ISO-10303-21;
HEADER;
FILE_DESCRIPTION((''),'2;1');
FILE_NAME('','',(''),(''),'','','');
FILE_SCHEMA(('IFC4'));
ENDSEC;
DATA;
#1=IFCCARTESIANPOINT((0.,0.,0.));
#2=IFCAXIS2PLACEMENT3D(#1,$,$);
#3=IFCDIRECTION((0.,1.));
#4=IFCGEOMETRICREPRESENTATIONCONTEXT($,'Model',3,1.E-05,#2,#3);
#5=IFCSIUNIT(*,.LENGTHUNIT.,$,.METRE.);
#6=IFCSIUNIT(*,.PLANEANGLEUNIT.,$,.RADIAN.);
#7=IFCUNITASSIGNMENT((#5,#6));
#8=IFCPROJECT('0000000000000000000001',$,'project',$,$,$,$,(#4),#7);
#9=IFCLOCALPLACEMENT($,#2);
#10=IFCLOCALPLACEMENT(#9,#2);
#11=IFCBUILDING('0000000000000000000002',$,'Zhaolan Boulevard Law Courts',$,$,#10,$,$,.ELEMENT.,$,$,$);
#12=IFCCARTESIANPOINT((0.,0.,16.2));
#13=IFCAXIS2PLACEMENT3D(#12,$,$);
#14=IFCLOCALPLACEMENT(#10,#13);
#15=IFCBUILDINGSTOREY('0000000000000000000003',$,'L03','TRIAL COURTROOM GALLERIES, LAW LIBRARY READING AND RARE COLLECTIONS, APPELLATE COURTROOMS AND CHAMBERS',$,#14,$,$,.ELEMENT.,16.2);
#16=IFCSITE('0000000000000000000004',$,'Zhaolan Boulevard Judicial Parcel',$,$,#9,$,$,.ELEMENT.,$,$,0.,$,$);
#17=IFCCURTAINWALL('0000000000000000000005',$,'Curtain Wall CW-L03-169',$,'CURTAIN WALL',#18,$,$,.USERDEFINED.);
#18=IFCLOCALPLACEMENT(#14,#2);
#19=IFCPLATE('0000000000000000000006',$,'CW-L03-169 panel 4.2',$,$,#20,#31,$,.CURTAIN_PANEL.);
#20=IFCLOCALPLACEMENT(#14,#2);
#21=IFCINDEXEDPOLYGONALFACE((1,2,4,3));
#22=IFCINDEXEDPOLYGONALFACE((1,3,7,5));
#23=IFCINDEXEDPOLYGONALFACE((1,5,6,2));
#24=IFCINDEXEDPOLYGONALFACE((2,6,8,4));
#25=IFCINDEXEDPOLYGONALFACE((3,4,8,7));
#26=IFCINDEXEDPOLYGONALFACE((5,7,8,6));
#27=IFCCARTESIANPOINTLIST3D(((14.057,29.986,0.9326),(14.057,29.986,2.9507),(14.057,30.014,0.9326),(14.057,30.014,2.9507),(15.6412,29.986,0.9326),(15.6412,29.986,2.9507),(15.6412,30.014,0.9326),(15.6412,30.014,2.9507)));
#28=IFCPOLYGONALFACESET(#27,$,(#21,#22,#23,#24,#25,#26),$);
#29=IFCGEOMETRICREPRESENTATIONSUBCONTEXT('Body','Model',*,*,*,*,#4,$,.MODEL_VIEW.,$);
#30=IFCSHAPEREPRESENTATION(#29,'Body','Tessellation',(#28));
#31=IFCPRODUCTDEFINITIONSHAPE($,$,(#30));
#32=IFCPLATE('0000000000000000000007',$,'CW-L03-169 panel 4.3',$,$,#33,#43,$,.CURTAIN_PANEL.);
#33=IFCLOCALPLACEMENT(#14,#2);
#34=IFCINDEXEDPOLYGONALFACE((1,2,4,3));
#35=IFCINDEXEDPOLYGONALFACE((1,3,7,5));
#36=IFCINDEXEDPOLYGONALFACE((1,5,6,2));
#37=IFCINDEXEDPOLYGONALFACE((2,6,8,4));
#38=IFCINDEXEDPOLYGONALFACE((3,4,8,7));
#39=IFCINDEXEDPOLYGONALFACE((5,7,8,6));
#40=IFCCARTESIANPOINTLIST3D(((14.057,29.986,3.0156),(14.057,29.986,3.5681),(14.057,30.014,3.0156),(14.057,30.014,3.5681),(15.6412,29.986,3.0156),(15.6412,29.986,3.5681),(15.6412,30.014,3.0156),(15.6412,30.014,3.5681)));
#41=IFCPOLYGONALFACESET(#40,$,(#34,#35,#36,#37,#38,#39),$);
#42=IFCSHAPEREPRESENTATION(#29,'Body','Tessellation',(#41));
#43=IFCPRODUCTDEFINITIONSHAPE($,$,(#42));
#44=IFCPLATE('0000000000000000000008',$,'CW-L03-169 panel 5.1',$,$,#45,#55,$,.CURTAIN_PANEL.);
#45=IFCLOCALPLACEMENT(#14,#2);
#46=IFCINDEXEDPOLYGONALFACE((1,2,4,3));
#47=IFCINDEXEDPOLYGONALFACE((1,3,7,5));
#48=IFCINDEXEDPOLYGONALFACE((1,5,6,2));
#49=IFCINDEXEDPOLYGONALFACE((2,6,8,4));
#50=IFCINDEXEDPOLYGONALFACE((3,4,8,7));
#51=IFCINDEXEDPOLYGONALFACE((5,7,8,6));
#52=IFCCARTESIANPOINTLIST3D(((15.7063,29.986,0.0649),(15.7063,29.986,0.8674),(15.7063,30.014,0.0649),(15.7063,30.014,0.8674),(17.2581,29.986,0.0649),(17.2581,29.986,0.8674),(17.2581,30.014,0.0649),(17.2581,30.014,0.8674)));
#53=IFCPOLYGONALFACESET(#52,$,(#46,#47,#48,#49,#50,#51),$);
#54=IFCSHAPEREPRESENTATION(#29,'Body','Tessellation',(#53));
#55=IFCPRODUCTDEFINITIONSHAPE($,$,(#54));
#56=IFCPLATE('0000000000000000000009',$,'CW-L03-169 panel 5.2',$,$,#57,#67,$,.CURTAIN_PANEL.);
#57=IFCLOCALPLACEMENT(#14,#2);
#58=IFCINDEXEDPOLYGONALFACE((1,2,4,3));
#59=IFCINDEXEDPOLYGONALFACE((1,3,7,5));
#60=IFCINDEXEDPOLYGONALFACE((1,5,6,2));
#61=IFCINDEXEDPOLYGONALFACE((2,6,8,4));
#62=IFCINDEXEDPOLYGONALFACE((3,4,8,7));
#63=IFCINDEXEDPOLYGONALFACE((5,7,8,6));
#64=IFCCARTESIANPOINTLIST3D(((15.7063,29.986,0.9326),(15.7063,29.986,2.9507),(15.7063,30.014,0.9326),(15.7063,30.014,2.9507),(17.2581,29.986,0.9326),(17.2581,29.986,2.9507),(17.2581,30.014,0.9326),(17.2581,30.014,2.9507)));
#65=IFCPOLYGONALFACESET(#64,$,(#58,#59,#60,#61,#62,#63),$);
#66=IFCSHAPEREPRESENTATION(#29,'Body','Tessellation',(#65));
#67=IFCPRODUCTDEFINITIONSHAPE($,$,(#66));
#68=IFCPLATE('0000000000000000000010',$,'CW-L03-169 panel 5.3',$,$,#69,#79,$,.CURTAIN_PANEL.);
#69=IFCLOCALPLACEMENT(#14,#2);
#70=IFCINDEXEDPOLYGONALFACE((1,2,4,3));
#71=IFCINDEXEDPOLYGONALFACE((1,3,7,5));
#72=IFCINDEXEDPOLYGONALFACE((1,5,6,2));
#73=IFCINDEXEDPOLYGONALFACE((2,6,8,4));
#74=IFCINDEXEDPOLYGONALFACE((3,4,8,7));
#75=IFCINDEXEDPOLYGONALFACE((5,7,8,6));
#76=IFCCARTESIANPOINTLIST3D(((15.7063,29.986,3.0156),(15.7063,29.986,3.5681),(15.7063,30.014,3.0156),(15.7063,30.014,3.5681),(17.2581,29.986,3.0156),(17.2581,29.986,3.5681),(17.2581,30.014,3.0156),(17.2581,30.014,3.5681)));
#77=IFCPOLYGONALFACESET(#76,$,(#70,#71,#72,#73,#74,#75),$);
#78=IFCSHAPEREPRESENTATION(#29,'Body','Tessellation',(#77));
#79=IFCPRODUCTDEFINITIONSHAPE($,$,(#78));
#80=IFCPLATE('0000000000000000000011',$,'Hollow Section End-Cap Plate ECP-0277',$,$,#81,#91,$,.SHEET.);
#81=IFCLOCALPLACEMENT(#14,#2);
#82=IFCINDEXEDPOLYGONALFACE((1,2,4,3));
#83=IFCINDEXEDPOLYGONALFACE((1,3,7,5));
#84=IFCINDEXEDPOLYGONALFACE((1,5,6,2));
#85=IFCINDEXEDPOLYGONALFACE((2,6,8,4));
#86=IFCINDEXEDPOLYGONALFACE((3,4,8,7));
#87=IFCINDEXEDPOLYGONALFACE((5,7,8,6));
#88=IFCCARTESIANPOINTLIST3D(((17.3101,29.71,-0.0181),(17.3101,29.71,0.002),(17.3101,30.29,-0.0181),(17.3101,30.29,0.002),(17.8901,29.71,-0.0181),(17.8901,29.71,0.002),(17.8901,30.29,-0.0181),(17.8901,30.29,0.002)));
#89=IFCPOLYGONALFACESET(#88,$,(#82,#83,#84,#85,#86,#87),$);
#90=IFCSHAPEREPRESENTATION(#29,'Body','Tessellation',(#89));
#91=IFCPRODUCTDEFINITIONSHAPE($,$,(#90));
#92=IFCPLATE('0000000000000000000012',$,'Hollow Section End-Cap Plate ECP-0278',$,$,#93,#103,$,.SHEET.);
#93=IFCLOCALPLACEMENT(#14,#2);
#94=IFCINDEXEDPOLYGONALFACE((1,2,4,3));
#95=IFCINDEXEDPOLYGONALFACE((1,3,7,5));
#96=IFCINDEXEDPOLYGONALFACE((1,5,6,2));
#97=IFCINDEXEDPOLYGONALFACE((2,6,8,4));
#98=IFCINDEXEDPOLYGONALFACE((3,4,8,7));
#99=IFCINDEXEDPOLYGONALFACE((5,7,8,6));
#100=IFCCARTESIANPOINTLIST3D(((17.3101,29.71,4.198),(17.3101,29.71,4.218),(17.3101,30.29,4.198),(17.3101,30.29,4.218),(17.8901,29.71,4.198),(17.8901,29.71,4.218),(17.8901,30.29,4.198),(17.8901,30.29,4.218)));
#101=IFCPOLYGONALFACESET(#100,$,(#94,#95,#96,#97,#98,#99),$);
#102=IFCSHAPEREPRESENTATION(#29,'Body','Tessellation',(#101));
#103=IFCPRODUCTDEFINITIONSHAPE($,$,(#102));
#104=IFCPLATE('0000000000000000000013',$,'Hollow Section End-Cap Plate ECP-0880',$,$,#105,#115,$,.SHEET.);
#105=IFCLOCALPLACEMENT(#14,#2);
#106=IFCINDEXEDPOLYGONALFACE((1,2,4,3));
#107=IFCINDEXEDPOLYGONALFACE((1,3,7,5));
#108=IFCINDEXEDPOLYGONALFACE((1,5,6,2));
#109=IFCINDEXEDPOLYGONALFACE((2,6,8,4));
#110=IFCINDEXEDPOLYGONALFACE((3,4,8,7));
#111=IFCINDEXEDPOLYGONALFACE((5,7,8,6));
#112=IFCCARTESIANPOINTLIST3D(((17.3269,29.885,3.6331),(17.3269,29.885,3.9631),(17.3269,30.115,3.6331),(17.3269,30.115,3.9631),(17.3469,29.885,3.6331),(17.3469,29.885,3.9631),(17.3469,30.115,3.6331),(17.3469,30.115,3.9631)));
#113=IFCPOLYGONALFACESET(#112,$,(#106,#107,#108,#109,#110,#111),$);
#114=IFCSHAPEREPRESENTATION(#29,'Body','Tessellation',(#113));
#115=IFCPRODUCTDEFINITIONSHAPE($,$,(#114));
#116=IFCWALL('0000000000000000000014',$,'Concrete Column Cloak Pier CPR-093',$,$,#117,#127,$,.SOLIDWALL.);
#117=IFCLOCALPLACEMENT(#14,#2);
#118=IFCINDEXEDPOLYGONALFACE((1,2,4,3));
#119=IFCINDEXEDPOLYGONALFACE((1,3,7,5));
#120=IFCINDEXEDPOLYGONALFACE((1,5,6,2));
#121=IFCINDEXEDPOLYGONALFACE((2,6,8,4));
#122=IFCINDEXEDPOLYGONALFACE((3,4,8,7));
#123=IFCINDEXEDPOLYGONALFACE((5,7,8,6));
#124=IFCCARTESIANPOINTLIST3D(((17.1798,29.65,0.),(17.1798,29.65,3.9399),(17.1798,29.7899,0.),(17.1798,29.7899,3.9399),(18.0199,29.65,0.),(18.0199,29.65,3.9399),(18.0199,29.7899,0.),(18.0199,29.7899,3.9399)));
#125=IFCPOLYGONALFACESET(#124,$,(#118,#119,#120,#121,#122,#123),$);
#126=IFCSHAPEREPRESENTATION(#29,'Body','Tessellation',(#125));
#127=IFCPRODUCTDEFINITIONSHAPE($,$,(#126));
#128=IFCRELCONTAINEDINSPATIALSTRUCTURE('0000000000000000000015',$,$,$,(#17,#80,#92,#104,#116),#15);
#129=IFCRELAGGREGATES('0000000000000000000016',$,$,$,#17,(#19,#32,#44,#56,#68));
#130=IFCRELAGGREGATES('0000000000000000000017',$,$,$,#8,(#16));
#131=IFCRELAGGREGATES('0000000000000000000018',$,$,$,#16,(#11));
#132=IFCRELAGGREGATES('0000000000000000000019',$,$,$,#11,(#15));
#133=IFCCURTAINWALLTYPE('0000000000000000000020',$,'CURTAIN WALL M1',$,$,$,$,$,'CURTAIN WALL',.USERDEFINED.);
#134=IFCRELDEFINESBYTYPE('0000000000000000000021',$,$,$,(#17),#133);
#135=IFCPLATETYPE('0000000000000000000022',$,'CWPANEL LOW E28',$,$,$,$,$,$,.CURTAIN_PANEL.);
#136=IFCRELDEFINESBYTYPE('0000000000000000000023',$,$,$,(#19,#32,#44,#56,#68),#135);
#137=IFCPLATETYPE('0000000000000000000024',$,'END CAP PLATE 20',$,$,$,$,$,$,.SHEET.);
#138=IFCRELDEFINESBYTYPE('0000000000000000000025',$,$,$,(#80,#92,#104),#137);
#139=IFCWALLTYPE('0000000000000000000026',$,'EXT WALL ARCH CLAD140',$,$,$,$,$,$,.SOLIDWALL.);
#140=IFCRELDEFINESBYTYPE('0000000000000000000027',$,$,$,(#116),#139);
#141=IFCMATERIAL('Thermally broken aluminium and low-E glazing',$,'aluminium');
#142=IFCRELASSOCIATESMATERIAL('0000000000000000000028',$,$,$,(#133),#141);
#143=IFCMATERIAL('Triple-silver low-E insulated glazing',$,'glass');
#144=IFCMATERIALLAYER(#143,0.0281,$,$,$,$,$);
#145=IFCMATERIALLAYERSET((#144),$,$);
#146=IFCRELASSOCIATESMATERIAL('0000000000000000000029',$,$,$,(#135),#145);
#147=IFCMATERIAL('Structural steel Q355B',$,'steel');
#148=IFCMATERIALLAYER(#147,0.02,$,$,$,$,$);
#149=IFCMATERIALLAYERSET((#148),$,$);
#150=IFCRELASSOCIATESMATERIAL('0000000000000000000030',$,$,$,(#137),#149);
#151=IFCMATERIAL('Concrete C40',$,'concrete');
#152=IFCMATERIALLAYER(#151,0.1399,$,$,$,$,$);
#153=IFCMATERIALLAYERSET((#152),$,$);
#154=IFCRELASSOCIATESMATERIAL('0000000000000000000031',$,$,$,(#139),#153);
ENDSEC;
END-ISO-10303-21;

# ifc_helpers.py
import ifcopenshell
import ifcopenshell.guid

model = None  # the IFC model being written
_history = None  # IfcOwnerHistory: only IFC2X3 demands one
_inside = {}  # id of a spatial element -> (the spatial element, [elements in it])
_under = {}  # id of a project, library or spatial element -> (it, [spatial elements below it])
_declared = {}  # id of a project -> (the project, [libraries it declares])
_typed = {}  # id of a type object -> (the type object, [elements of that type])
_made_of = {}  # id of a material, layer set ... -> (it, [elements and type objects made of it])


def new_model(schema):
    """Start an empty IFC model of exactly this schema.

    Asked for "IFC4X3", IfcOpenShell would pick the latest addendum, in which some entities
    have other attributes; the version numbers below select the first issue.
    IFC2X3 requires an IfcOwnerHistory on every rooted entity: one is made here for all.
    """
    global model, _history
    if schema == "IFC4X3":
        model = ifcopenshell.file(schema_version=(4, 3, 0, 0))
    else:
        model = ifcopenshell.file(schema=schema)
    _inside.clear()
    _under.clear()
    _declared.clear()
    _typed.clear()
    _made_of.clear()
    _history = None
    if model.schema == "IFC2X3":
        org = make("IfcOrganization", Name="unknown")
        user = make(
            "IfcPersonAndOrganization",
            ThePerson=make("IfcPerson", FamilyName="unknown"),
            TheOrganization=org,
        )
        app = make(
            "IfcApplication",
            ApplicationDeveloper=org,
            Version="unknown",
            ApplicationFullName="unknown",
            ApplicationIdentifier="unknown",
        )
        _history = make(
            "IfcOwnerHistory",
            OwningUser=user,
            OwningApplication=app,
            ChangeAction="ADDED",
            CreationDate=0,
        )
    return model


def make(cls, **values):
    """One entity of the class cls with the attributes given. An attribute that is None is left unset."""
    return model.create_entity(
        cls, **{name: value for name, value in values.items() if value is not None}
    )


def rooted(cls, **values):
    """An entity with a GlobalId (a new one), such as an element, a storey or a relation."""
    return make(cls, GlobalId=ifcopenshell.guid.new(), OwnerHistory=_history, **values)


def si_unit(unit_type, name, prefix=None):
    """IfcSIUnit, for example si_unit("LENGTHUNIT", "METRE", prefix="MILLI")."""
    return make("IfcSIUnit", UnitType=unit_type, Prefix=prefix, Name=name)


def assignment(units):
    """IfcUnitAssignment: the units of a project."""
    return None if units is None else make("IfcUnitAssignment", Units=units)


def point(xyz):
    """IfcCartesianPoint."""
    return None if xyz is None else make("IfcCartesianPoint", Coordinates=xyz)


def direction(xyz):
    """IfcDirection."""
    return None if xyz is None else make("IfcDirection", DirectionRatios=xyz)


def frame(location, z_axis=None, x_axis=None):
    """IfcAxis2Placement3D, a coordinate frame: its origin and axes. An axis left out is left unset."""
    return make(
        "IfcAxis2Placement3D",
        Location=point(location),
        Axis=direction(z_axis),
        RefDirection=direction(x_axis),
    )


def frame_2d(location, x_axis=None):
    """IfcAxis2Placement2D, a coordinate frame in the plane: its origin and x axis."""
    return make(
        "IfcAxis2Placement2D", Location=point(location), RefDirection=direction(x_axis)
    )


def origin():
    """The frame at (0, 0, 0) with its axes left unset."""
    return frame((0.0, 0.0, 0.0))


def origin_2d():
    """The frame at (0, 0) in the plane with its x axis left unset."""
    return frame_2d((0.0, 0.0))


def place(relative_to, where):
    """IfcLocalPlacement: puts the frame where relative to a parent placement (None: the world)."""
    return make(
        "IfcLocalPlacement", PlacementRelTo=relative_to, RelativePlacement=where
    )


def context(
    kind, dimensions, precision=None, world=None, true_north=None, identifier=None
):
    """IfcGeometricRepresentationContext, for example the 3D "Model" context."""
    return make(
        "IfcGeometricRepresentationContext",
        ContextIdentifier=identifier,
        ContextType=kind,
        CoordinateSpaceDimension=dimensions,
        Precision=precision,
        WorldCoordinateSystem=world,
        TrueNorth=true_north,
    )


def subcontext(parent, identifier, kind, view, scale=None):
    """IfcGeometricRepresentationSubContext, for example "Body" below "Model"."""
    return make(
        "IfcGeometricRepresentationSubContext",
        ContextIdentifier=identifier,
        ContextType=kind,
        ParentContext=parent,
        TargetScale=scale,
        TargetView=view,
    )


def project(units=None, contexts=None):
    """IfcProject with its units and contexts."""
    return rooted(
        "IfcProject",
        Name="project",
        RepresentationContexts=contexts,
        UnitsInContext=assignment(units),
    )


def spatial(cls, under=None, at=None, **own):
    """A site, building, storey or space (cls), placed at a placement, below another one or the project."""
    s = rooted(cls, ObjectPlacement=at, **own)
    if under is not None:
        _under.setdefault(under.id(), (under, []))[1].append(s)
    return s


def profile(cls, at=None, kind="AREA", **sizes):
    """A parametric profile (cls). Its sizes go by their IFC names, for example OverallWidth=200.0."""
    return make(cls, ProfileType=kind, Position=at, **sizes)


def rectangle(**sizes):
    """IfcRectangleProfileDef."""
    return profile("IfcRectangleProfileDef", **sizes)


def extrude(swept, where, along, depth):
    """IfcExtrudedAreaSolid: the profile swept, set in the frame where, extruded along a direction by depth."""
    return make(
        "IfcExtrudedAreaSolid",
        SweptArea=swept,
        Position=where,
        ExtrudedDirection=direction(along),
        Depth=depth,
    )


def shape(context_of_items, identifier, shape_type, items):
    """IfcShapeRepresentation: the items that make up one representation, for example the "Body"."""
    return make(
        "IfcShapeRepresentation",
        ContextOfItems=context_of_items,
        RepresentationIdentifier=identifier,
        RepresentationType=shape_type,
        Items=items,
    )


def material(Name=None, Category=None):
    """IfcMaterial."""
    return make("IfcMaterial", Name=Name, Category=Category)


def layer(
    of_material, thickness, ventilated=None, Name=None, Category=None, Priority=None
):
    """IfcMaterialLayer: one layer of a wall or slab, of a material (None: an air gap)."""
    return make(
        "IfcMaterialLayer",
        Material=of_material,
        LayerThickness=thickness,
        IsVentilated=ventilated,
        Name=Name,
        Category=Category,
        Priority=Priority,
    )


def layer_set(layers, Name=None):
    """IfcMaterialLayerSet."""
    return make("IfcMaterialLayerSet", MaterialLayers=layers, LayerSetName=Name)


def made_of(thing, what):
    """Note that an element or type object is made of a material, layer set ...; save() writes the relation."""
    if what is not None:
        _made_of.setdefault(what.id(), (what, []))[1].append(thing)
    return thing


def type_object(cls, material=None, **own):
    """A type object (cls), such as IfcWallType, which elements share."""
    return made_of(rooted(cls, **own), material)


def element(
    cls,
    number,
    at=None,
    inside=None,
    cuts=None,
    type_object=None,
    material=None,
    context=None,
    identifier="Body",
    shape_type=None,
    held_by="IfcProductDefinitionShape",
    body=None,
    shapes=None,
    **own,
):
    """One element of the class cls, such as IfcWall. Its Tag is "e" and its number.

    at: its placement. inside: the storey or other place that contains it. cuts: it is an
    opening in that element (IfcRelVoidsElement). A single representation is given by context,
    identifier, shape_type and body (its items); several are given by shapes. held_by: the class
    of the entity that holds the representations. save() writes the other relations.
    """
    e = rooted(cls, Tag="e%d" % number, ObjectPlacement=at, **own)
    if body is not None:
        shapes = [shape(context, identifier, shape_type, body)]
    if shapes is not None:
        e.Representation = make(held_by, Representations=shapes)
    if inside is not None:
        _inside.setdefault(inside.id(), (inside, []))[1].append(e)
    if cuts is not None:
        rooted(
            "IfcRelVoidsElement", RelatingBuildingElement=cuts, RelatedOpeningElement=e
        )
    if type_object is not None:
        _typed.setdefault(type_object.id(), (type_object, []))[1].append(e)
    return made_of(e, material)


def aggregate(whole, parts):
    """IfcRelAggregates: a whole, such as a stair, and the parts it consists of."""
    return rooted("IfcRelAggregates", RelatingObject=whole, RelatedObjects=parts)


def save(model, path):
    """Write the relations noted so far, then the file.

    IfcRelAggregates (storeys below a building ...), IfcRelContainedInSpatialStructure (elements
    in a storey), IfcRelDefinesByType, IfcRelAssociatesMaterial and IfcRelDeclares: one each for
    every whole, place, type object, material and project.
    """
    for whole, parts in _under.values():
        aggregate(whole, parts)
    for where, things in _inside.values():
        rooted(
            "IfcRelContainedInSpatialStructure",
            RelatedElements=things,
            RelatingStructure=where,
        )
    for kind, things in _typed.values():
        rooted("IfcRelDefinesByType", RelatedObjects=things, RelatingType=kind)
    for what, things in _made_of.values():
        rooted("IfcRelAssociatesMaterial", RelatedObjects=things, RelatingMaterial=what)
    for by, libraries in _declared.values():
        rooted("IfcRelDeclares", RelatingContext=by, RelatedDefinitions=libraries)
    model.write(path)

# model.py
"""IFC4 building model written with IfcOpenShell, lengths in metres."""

from ifc_helpers import new_model, si_unit, direction, frame, frame_2d, origin, origin_2d, place, context, subcontext, project, spatial, rectangle, extrude, material, layer, layer_set, type_object, element, aggregate, save


model = new_model("IFC4")

# Units and contexts
model_context = context("Model", 3, precision=1e-05, world=origin(), true_north=direction((0.0, 1.0)))
body_context = subcontext(model_context, "Body", "Model", "MODEL_VIEW")
ifc_project = project(units=[si_unit("LENGTHUNIT", "METRE"), si_unit("PLANEANGLEUNIT", "RADIAN")], contexts=[model_context])

# Site, building, storey
site_placement = place(None, origin())
site = spatial("IfcSite", under=ifc_project, at=site_placement, Name="Zhaolan Boulevard Judicial Parcel", CompositionType="ELEMENT", RefElevation=0.0)
building_placement = place(site_placement, origin())
building = spatial("IfcBuilding", under=site, at=building_placement, Name="Zhaolan Boulevard Law Courts", CompositionType="ELEMENT")
storey_placement = place(building_placement, frame((0.0, 0.0, 16.2)))
storey = spatial("IfcBuildingStorey", under=building, at=storey_placement, Name="L03", Description="TRIAL COURTROOM GALLERIES, LAW LIBRARY READING AND RARE COLLECTIONS, APPELLATE COURTROOMS AND CHAMBERS", CompositionType="ELEMENT", Elevation=16.2)

# Curtain wall, plates
ifc_material_1 = material(Name="Thermally broken aluminium and low-E glazing", Category="aluminium")
curtain_wall_type = type_object("IfcCurtainWallType", Name="CURTAIN WALL M1", ElementType="CURTAIN WALL", PredefinedType="USERDEFINED", material=ifc_material_1)
curtain_wall_placement = place(storey_placement, origin())
curtain_wall = element("IfcCurtainWall", 1, at=curtain_wall_placement, inside=storey, type_object=curtain_wall_type, Name="Curtain Wall CW-L03-169", ObjectType="CURTAIN WALL", PredefinedType="USERDEFINED")
ifc_material_2 = material(Name="Triple-silver low-E insulated glazing", Category="glass")
ifc_layer_1 = layer(ifc_material_2, 0.0281)
ifc_layer_set_1 = layer_set([ifc_layer_1])
plate_type_1 = type_object("IfcPlateType", Name="CWPANEL LOW E28", PredefinedType="CURTAIN_PANEL", material=ifc_layer_set_1)
plate_1_placement = place(storey_placement, frame((14.8491, 30.0, 0.9326), z_axis=(0.0, 0.0, 1.0), x_axis=(1.0, 0.0, 0.0)))
plate_1 = element("IfcPlate", 2, at=plate_1_placement, type_object=plate_type_1, Name="CW-L03-169 panel 4.2", PredefinedType="CURTAIN_PANEL", context=body_context, shape_type="SweptSolid", body=[
    extrude(rectangle(XDim=1.5842, YDim=0.0281, at=origin_2d()), origin(), (0.0, 0.0, 1.0), 2.0181),
])
plate_2_placement = place(storey_placement, frame((14.8491, 30.0, 3.0156), z_axis=(0.0, 0.0, 1.0), x_axis=(1.0, 0.0, 0.0)))
plate_2 = element("IfcPlate", 3, at=plate_2_placement, type_object=plate_type_1, Name="CW-L03-169 panel 4.3", PredefinedType="CURTAIN_PANEL", context=body_context, shape_type="SweptSolid", body=[
    extrude(rectangle(XDim=1.5842, YDim=0.0281, at=origin_2d()), origin(), (0.0, 0.0, 1.0), 0.5525),
])
plate_3_placement = place(storey_placement, frame((16.4822, 30.0, 0.0649), z_axis=(0.0, 0.0, 1.0), x_axis=(1.0, 0.0, 0.0)))
plate_3 = element("IfcPlate", 4, at=plate_3_placement, type_object=plate_type_1, Name="CW-L03-169 panel 5.1", PredefinedType="CURTAIN_PANEL", context=body_context, shape_type="SweptSolid", body=[
    extrude(rectangle(XDim=1.5518, YDim=0.0281, at=origin_2d()), origin(), (0.0, 0.0, 1.0), 0.8025),
])
plate_4_placement = place(storey_placement, frame((16.4822, 30.0, 0.9326), z_axis=(0.0, 0.0, 1.0), x_axis=(1.0, 0.0, 0.0)))
plate_4 = element("IfcPlate", 5, at=plate_4_placement, type_object=plate_type_1, Name="CW-L03-169 panel 5.2", PredefinedType="CURTAIN_PANEL", context=body_context, shape_type="SweptSolid", body=[
    extrude(rectangle(XDim=1.5518, YDim=0.0281, at=origin_2d()), origin(), (0.0, 0.0, 1.0), 2.0181),
])
plate_5_placement = place(storey_placement, frame((16.4822, 30.0, 3.0156), z_axis=(0.0, 0.0, 1.0), x_axis=(1.0, 0.0, 0.0)))
plate_5 = element("IfcPlate", 6, at=plate_5_placement, type_object=plate_type_1, Name="CW-L03-169 panel 5.3", PredefinedType="CURTAIN_PANEL", context=body_context, shape_type="SweptSolid", body=[
    extrude(rectangle(XDim=1.5518, YDim=0.0281, at=origin_2d()), origin(), (0.0, 0.0, 1.0), 0.5525),
])
aggregate(curtain_wall, [plate_1, plate_2, plate_3, plate_4, plate_5])

# Plates
ifc_material_3 = material(Name="Structural steel Q355B", Category="steel")
ifc_layer_2 = layer(ifc_material_3, 0.02)
ifc_layer_set_2 = layer_set([ifc_layer_2])
plate_type_2 = type_object("IfcPlateType", Name="END CAP PLATE 20", PredefinedType="SHEET", material=ifc_layer_set_2)
for number, where, z_axis, x_axis, name in (
    (7, (17.6001, 30.0, -0.0181), (0.0, 0.0, 1.0), (1.0, 0.0, 0.0), "Hollow Section End-Cap Plate ECP-0277"),
    (8, (17.6001, 30.0, 4.198), (0.0, 0.0, 1.0), (1.0, 0.0, 0.0), "Hollow Section End-Cap Plate ECP-0278"),
):
    element("IfcPlate", number, at=place(storey_placement, frame(where, z_axis=z_axis, x_axis=x_axis)), inside=storey, type_object=plate_type_2, Name=name, PredefinedType="SHEET", context=body_context, shape_type="SweptSolid", body=[
        extrude(rectangle(XDim=0.5801, YDim=0.5801, at=origin_2d()), origin(), (0.0, 0.0, 1.0), 0.02),
    ])
plate_6_placement = place(storey_placement, frame((17.3369, 30.0, 3.6331), z_axis=(0.0, 0.0, 1.0), x_axis=(1.0, 0.0, 0.0)))
element("IfcPlate", 9, at=plate_6_placement, inside=storey, type_object=plate_type_2, Name="Hollow Section End-Cap Plate ECP-0880", PredefinedType="SHEET", context=body_context, shape_type="SweptSolid", body=[
    extrude(rectangle(XDim=0.02, YDim=0.23, at=origin_2d()), origin(), (0.0, 0.0, 1.0), 0.3301),
])

# Wall
ifc_material_4 = material(Name="Concrete C40", Category="concrete")
ifc_layer_3 = layer(ifc_material_4, 0.1399)
ifc_layer_set_3 = layer_set([ifc_layer_3])
wall_type = type_object("IfcWallType", Name="EXT WALL ARCH CLAD140", PredefinedType="SOLIDWALL", material=ifc_layer_set_3)
wall_placement = place(storey_placement, frame((17.1799, 29.72, 0.0), z_axis=(0.0, 0.0, 1.0), x_axis=(1.0, 0.0, 0.0)))
element("IfcWall", 10, at=wall_placement, inside=storey, type_object=wall_type, Name="Concrete Column Cloak Pier CPR-093", PredefinedType="SOLIDWALL", context=body_context, shape_type="SweptSolid", body=[
    extrude(rectangle(XDim=0.8401, YDim=0.1399, at=frame_2d((0.4199, 0.0))), origin(), (0.0, 0.0, 1.0), 3.9399),
])

save(model, "model.ifc")
